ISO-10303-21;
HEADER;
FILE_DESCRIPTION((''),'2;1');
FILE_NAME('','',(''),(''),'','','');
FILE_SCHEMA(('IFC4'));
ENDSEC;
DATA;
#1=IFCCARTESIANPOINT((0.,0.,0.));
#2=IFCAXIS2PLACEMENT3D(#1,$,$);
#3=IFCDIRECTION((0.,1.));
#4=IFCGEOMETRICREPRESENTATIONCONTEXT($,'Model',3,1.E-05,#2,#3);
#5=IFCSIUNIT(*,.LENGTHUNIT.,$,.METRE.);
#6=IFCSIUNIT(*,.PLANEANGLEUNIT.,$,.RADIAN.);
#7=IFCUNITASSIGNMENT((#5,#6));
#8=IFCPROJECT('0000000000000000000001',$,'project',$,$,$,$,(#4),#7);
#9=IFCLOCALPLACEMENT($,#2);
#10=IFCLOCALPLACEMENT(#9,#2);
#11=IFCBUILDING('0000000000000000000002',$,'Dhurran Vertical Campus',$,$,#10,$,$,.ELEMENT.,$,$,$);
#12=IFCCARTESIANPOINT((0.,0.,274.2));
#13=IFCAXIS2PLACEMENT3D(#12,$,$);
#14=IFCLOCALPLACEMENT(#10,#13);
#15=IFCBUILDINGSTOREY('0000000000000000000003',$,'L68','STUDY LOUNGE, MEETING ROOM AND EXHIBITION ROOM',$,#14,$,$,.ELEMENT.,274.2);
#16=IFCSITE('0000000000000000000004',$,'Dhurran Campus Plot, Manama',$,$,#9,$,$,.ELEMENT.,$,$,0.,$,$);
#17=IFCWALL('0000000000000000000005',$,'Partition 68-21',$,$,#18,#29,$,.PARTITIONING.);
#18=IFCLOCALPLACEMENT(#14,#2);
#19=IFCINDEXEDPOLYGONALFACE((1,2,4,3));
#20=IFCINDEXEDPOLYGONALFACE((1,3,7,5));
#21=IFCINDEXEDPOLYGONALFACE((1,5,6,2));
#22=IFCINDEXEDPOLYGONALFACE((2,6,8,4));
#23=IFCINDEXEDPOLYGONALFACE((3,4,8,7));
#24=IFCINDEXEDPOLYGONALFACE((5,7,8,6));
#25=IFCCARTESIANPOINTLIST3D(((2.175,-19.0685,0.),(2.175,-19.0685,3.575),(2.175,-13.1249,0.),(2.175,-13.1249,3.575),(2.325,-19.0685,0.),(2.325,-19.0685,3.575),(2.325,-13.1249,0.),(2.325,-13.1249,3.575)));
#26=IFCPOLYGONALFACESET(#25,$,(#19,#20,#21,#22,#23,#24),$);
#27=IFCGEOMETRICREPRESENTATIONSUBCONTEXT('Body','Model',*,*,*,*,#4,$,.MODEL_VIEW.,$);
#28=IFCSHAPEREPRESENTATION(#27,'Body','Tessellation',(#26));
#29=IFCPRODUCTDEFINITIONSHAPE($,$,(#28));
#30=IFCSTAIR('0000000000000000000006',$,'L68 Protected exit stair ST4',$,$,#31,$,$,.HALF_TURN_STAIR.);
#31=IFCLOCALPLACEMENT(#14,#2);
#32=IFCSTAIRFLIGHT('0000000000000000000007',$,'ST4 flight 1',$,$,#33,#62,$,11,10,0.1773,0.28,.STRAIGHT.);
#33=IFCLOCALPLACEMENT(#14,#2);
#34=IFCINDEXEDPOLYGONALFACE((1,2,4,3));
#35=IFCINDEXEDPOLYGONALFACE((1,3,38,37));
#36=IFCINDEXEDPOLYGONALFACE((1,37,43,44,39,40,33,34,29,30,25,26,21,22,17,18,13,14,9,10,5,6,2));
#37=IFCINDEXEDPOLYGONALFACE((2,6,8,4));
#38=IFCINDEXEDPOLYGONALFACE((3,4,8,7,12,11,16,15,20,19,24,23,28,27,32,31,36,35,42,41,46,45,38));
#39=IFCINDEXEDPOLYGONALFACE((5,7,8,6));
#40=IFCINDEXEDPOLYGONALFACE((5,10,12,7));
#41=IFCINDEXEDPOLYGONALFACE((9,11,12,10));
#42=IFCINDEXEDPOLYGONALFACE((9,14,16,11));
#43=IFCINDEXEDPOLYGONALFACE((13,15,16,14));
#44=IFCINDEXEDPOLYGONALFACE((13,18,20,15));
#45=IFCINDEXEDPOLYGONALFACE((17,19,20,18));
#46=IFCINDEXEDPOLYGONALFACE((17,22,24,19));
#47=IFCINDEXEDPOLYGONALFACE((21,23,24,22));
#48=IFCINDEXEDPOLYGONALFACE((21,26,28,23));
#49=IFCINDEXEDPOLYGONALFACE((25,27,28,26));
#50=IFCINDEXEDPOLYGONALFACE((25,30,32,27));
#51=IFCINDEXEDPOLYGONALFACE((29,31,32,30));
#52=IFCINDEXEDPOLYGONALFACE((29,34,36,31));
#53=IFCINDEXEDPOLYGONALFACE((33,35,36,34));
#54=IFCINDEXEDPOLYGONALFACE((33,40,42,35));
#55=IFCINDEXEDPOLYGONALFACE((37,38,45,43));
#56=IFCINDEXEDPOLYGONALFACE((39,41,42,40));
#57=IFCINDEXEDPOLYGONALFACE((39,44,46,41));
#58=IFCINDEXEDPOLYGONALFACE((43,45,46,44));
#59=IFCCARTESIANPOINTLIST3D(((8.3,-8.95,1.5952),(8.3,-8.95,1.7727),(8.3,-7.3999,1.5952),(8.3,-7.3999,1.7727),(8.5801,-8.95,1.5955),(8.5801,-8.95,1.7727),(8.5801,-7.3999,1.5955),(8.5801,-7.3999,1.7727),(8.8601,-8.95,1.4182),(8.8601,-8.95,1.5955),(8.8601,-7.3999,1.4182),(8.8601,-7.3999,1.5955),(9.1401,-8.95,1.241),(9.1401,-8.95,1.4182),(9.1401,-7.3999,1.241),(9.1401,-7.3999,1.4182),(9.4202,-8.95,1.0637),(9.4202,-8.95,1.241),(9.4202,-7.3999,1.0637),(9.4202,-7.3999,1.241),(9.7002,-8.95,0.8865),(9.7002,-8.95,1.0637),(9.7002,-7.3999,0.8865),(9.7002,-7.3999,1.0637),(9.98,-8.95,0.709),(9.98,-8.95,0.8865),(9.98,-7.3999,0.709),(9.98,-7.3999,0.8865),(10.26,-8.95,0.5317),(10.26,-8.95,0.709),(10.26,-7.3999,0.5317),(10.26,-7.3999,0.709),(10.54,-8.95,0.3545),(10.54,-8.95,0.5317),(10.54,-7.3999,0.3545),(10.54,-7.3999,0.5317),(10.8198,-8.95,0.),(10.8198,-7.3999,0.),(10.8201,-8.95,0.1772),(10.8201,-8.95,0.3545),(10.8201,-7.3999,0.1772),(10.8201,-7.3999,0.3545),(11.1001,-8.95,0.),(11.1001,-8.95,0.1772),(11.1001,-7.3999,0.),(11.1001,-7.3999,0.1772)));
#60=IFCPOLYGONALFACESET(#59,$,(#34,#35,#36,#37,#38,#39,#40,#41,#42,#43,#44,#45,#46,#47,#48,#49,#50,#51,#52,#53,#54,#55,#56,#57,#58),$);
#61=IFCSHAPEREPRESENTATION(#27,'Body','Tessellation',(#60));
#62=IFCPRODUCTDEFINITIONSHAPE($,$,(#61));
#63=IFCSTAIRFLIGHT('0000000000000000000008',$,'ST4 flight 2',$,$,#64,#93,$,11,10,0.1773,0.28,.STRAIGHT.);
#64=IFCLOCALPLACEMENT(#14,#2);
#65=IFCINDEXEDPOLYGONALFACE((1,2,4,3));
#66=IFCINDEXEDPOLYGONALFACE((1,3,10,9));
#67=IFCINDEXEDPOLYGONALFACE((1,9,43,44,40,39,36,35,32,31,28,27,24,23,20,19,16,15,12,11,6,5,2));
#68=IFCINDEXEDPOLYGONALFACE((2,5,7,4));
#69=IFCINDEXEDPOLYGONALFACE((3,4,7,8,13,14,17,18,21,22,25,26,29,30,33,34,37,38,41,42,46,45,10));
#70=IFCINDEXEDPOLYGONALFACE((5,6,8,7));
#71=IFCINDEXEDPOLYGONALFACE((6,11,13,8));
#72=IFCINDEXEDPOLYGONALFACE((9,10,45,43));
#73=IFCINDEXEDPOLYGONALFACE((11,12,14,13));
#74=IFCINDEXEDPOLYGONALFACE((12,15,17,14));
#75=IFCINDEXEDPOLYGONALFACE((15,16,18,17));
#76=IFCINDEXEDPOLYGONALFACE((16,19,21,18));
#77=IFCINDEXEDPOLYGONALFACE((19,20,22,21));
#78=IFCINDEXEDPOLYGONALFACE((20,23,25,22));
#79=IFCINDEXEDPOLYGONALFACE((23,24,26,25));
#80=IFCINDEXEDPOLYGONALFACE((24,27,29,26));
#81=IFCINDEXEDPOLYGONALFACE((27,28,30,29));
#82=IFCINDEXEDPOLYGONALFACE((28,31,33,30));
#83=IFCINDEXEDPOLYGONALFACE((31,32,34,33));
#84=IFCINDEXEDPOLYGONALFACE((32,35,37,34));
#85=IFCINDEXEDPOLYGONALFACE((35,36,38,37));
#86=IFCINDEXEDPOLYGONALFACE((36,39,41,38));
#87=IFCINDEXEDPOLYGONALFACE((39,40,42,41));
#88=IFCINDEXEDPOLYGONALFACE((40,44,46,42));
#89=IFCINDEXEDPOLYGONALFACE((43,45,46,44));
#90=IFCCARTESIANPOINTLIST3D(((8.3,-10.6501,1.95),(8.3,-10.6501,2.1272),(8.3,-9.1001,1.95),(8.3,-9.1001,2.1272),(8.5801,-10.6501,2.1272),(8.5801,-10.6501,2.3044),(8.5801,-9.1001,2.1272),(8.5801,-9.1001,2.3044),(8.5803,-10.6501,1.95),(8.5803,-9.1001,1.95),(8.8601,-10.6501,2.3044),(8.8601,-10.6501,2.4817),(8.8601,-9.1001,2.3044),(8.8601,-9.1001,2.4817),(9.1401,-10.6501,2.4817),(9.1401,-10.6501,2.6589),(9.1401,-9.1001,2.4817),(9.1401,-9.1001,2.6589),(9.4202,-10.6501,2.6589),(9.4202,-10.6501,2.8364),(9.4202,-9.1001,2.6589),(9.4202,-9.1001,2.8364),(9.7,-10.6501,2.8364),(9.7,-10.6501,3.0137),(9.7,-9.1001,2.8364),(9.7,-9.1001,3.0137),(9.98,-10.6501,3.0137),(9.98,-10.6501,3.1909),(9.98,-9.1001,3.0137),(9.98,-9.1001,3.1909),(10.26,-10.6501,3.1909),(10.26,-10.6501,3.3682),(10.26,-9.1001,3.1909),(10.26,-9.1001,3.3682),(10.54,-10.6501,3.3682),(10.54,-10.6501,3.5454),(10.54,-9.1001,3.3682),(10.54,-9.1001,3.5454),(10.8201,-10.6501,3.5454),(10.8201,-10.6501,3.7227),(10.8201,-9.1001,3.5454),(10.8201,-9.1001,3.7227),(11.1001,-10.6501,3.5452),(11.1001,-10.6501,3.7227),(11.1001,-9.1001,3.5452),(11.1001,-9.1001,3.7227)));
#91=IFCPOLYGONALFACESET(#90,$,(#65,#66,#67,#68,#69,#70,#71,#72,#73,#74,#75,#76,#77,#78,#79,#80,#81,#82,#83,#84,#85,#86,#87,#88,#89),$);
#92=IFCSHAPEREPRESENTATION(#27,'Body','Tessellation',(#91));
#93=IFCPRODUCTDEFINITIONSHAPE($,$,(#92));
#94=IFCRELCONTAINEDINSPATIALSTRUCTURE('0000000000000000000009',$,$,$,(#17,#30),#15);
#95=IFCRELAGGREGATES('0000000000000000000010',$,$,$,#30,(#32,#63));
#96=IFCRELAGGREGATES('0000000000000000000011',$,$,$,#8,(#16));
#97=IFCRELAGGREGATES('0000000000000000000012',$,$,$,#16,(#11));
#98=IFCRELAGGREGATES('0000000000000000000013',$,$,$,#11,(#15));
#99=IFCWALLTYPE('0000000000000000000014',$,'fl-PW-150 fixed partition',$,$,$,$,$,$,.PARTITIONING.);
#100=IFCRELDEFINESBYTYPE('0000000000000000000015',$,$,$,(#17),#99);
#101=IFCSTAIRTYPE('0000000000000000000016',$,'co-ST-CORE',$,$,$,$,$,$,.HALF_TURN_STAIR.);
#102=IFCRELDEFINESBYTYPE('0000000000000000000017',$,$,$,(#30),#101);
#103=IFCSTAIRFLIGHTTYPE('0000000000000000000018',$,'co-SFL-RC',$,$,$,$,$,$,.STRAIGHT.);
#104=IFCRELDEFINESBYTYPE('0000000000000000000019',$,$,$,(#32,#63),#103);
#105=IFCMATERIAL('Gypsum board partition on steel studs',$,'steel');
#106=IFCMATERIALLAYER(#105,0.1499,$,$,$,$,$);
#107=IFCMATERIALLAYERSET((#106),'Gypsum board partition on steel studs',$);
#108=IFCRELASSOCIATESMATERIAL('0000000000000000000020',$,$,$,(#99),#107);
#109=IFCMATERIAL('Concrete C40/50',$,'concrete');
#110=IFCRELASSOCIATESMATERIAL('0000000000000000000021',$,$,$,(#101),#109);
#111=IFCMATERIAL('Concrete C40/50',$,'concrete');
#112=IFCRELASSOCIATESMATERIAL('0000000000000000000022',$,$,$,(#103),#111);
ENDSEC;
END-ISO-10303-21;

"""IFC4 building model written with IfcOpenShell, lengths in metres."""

from ifc_helpers import new_model, si_unit, direction, frame, frame_2d, origin, place, context, subcontext, project, spatial, polyline, rectangle, outline, extrude, material, layer, layer_set, type_object, element, aggregate, save


model = new_model("IFC4")

# Units and contexts
model_context = context("Model", 3, precision=1e-05, world=origin(), true_north=direction((0.0, 1.0)))
body_context = subcontext(model_context, "Body", "Model", "MODEL_VIEW")
ifc_project = project(units=[si_unit("LENGTHUNIT", "METRE"), si_unit("PLANEANGLEUNIT", "RADIAN")], contexts=[model_context])

# Site, building, storey
site_placement = place(None, origin())
site = spatial("IfcSite", under=ifc_project, at=site_placement, Name="Dhurran Campus Plot, Manama", CompositionType="ELEMENT", RefElevation=0.0)
building_placement = place(site_placement, origin())
building = spatial("IfcBuilding", under=site, at=building_placement, Name="Dhurran Vertical Campus", CompositionType="ELEMENT")
storey_placement = place(building_placement, frame((0.0, 0.0, 274.2)))
storey = spatial("IfcBuildingStorey", under=building, at=storey_placement, Name="L68", Description="STUDY LOUNGE, MEETING ROOM AND EXHIBITION ROOM", CompositionType="ELEMENT", Elevation=274.2)

# Wall
ifc_material_1 = material(Name="Gypsum board partition on steel studs", Category="steel")
ifc_layer_1 = layer(ifc_material_1, 0.1499)
ifc_layer_set_1 = layer_set([ifc_layer_1], Name="Gypsum board partition on steel studs")
wall_type_1 = type_object("IfcWallType", Name="fl-PW-150 fixed partition", PredefinedType="PARTITIONING", material=ifc_layer_set_1)
wall_1_placement = place(storey_placement, frame((2.25, -13.125, 0.0), z_axis=(0.0, 0.0, 1.0), x_axis=(0.0, -1.0, 0.0)))
element("IfcWall", 1, at=wall_1_placement, inside=storey, type_object=wall_type_1, Name="Partition 68-21", PredefinedType="PARTITIONING", context=body_context, shape_type="SweptSolid", body=[
    extrude(rectangle(XDim=5.9436, YDim=0.1499, at=frame_2d((2.9717, 0.0))), origin(), (0.0, 0.0, 1.0), 3.575),
])

# Stair, stair flights
ifc_material_2 = material(Name="Concrete C40/50", Category="concrete")
stair_type = type_object("IfcStairType", Name="co-ST-CORE", PredefinedType="HALF_TURN_STAIR", material=ifc_material_2)
stair_placement = place(storey_placement, origin())
stair = element("IfcStair", 2, at=stair_placement, inside=storey, type_object=stair_type, Name="L68 Protected exit stair ST4", PredefinedType="HALF_TURN_STAIR")
ifc_material_3 = material(Name="Concrete C40/50", Category="concrete")
stair_flight_type = type_object("IfcStairFlightType", Name="co-SFL-RC", PredefinedType="STRAIGHT", material=ifc_material_3)
stair_flight_1_placement = place(storey_placement, frame((11.1001, -8.175, 0.0), z_axis=(0.0, 0.0, 1.0), x_axis=(-1.0, 0.0, 0.0)))
stair_flight_1 = element("IfcStairFlight", 3, at=stair_flight_1_placement, type_object=stair_flight_type, Name="ST4 flight 1", NumberOfRisers=11, NumberOfTreads=10, PredefinedType="STRAIGHT", RiserHeight=0.1773, TreadLength=0.28, context=body_context, shape_type="SweptSolid", body=[
    extrude(outline(polyline([(0.0, 0.0), (0.0, 0.1772), (0.28, 0.1772), (0.28, 0.3545), (0.5601, 0.3545), (0.5601, 0.5317), (0.8401, 0.5317), (0.8401, 0.709), (1.1201, 0.709), (1.1201, 0.8865), (1.3999, 0.8865), (1.3999, 1.0637), (1.6799, 1.0637), (1.6799, 1.241), (1.96, 1.241), (1.96, 1.4182), (2.24, 1.4182), (2.24, 1.5955), (2.52, 1.5955), (2.52, 1.7727), (2.8, 1.7727), (2.8, 1.95), (2.8, 1.5952), (0.2803, 0.0), (0.0, 0.0)])), frame((0.0, 0.7749, 0.0), z_axis=(0.0, -1.0, 0.0), x_axis=(1.0, 0.0, 0.0)), (0.0, 0.0, 1.0), 1.55),
])
stair_flight_2_placement = place(storey_placement, frame((8.3, -9.875, 1.95), z_axis=(0.0, 0.0, 1.0), x_axis=(1.0, 0.0, 0.0)))
stair_flight_2 = element("IfcStairFlight", 4, at=stair_flight_2_placement, type_object=stair_flight_type, Name="ST4 flight 2", NumberOfRisers=11, NumberOfTreads=10, PredefinedType="STRAIGHT", RiserHeight=0.1773, TreadLength=0.28, context=body_context, shape_type="SweptSolid", body=[
    extrude(outline(polyline([(0.0, 0.0), (0.0, 0.1772), (0.28, 0.1772), (0.28, 0.3545), (0.5601, 0.3545), (0.5601, 0.5317), (0.8401, 0.5317), (0.8401, 0.709), (1.1201, 0.709), (1.1201, 0.8865), (1.3999, 0.8865), (1.3999, 1.0637), (1.6799, 1.0637), (1.6799, 1.241), (1.96, 1.241), (1.96, 1.4182), (2.24, 1.4182), (2.24, 1.5955), (2.52, 1.5955), (2.52, 1.7727), (2.8, 1.7727), (2.8, 1.95), (2.8, 1.5952), (0.2803, 0.0), (0.0, 0.0)])), frame((0.0, 0.7749, 0.0), z_axis=(0.0, -1.0, 0.0), x_axis=(1.0, 0.0, 0.0)), (0.0, 0.0, 1.0), 1.55),
])
aggregate(stair, [stair_flight_1, stair_flight_2])

save(model, "model.ifc")
